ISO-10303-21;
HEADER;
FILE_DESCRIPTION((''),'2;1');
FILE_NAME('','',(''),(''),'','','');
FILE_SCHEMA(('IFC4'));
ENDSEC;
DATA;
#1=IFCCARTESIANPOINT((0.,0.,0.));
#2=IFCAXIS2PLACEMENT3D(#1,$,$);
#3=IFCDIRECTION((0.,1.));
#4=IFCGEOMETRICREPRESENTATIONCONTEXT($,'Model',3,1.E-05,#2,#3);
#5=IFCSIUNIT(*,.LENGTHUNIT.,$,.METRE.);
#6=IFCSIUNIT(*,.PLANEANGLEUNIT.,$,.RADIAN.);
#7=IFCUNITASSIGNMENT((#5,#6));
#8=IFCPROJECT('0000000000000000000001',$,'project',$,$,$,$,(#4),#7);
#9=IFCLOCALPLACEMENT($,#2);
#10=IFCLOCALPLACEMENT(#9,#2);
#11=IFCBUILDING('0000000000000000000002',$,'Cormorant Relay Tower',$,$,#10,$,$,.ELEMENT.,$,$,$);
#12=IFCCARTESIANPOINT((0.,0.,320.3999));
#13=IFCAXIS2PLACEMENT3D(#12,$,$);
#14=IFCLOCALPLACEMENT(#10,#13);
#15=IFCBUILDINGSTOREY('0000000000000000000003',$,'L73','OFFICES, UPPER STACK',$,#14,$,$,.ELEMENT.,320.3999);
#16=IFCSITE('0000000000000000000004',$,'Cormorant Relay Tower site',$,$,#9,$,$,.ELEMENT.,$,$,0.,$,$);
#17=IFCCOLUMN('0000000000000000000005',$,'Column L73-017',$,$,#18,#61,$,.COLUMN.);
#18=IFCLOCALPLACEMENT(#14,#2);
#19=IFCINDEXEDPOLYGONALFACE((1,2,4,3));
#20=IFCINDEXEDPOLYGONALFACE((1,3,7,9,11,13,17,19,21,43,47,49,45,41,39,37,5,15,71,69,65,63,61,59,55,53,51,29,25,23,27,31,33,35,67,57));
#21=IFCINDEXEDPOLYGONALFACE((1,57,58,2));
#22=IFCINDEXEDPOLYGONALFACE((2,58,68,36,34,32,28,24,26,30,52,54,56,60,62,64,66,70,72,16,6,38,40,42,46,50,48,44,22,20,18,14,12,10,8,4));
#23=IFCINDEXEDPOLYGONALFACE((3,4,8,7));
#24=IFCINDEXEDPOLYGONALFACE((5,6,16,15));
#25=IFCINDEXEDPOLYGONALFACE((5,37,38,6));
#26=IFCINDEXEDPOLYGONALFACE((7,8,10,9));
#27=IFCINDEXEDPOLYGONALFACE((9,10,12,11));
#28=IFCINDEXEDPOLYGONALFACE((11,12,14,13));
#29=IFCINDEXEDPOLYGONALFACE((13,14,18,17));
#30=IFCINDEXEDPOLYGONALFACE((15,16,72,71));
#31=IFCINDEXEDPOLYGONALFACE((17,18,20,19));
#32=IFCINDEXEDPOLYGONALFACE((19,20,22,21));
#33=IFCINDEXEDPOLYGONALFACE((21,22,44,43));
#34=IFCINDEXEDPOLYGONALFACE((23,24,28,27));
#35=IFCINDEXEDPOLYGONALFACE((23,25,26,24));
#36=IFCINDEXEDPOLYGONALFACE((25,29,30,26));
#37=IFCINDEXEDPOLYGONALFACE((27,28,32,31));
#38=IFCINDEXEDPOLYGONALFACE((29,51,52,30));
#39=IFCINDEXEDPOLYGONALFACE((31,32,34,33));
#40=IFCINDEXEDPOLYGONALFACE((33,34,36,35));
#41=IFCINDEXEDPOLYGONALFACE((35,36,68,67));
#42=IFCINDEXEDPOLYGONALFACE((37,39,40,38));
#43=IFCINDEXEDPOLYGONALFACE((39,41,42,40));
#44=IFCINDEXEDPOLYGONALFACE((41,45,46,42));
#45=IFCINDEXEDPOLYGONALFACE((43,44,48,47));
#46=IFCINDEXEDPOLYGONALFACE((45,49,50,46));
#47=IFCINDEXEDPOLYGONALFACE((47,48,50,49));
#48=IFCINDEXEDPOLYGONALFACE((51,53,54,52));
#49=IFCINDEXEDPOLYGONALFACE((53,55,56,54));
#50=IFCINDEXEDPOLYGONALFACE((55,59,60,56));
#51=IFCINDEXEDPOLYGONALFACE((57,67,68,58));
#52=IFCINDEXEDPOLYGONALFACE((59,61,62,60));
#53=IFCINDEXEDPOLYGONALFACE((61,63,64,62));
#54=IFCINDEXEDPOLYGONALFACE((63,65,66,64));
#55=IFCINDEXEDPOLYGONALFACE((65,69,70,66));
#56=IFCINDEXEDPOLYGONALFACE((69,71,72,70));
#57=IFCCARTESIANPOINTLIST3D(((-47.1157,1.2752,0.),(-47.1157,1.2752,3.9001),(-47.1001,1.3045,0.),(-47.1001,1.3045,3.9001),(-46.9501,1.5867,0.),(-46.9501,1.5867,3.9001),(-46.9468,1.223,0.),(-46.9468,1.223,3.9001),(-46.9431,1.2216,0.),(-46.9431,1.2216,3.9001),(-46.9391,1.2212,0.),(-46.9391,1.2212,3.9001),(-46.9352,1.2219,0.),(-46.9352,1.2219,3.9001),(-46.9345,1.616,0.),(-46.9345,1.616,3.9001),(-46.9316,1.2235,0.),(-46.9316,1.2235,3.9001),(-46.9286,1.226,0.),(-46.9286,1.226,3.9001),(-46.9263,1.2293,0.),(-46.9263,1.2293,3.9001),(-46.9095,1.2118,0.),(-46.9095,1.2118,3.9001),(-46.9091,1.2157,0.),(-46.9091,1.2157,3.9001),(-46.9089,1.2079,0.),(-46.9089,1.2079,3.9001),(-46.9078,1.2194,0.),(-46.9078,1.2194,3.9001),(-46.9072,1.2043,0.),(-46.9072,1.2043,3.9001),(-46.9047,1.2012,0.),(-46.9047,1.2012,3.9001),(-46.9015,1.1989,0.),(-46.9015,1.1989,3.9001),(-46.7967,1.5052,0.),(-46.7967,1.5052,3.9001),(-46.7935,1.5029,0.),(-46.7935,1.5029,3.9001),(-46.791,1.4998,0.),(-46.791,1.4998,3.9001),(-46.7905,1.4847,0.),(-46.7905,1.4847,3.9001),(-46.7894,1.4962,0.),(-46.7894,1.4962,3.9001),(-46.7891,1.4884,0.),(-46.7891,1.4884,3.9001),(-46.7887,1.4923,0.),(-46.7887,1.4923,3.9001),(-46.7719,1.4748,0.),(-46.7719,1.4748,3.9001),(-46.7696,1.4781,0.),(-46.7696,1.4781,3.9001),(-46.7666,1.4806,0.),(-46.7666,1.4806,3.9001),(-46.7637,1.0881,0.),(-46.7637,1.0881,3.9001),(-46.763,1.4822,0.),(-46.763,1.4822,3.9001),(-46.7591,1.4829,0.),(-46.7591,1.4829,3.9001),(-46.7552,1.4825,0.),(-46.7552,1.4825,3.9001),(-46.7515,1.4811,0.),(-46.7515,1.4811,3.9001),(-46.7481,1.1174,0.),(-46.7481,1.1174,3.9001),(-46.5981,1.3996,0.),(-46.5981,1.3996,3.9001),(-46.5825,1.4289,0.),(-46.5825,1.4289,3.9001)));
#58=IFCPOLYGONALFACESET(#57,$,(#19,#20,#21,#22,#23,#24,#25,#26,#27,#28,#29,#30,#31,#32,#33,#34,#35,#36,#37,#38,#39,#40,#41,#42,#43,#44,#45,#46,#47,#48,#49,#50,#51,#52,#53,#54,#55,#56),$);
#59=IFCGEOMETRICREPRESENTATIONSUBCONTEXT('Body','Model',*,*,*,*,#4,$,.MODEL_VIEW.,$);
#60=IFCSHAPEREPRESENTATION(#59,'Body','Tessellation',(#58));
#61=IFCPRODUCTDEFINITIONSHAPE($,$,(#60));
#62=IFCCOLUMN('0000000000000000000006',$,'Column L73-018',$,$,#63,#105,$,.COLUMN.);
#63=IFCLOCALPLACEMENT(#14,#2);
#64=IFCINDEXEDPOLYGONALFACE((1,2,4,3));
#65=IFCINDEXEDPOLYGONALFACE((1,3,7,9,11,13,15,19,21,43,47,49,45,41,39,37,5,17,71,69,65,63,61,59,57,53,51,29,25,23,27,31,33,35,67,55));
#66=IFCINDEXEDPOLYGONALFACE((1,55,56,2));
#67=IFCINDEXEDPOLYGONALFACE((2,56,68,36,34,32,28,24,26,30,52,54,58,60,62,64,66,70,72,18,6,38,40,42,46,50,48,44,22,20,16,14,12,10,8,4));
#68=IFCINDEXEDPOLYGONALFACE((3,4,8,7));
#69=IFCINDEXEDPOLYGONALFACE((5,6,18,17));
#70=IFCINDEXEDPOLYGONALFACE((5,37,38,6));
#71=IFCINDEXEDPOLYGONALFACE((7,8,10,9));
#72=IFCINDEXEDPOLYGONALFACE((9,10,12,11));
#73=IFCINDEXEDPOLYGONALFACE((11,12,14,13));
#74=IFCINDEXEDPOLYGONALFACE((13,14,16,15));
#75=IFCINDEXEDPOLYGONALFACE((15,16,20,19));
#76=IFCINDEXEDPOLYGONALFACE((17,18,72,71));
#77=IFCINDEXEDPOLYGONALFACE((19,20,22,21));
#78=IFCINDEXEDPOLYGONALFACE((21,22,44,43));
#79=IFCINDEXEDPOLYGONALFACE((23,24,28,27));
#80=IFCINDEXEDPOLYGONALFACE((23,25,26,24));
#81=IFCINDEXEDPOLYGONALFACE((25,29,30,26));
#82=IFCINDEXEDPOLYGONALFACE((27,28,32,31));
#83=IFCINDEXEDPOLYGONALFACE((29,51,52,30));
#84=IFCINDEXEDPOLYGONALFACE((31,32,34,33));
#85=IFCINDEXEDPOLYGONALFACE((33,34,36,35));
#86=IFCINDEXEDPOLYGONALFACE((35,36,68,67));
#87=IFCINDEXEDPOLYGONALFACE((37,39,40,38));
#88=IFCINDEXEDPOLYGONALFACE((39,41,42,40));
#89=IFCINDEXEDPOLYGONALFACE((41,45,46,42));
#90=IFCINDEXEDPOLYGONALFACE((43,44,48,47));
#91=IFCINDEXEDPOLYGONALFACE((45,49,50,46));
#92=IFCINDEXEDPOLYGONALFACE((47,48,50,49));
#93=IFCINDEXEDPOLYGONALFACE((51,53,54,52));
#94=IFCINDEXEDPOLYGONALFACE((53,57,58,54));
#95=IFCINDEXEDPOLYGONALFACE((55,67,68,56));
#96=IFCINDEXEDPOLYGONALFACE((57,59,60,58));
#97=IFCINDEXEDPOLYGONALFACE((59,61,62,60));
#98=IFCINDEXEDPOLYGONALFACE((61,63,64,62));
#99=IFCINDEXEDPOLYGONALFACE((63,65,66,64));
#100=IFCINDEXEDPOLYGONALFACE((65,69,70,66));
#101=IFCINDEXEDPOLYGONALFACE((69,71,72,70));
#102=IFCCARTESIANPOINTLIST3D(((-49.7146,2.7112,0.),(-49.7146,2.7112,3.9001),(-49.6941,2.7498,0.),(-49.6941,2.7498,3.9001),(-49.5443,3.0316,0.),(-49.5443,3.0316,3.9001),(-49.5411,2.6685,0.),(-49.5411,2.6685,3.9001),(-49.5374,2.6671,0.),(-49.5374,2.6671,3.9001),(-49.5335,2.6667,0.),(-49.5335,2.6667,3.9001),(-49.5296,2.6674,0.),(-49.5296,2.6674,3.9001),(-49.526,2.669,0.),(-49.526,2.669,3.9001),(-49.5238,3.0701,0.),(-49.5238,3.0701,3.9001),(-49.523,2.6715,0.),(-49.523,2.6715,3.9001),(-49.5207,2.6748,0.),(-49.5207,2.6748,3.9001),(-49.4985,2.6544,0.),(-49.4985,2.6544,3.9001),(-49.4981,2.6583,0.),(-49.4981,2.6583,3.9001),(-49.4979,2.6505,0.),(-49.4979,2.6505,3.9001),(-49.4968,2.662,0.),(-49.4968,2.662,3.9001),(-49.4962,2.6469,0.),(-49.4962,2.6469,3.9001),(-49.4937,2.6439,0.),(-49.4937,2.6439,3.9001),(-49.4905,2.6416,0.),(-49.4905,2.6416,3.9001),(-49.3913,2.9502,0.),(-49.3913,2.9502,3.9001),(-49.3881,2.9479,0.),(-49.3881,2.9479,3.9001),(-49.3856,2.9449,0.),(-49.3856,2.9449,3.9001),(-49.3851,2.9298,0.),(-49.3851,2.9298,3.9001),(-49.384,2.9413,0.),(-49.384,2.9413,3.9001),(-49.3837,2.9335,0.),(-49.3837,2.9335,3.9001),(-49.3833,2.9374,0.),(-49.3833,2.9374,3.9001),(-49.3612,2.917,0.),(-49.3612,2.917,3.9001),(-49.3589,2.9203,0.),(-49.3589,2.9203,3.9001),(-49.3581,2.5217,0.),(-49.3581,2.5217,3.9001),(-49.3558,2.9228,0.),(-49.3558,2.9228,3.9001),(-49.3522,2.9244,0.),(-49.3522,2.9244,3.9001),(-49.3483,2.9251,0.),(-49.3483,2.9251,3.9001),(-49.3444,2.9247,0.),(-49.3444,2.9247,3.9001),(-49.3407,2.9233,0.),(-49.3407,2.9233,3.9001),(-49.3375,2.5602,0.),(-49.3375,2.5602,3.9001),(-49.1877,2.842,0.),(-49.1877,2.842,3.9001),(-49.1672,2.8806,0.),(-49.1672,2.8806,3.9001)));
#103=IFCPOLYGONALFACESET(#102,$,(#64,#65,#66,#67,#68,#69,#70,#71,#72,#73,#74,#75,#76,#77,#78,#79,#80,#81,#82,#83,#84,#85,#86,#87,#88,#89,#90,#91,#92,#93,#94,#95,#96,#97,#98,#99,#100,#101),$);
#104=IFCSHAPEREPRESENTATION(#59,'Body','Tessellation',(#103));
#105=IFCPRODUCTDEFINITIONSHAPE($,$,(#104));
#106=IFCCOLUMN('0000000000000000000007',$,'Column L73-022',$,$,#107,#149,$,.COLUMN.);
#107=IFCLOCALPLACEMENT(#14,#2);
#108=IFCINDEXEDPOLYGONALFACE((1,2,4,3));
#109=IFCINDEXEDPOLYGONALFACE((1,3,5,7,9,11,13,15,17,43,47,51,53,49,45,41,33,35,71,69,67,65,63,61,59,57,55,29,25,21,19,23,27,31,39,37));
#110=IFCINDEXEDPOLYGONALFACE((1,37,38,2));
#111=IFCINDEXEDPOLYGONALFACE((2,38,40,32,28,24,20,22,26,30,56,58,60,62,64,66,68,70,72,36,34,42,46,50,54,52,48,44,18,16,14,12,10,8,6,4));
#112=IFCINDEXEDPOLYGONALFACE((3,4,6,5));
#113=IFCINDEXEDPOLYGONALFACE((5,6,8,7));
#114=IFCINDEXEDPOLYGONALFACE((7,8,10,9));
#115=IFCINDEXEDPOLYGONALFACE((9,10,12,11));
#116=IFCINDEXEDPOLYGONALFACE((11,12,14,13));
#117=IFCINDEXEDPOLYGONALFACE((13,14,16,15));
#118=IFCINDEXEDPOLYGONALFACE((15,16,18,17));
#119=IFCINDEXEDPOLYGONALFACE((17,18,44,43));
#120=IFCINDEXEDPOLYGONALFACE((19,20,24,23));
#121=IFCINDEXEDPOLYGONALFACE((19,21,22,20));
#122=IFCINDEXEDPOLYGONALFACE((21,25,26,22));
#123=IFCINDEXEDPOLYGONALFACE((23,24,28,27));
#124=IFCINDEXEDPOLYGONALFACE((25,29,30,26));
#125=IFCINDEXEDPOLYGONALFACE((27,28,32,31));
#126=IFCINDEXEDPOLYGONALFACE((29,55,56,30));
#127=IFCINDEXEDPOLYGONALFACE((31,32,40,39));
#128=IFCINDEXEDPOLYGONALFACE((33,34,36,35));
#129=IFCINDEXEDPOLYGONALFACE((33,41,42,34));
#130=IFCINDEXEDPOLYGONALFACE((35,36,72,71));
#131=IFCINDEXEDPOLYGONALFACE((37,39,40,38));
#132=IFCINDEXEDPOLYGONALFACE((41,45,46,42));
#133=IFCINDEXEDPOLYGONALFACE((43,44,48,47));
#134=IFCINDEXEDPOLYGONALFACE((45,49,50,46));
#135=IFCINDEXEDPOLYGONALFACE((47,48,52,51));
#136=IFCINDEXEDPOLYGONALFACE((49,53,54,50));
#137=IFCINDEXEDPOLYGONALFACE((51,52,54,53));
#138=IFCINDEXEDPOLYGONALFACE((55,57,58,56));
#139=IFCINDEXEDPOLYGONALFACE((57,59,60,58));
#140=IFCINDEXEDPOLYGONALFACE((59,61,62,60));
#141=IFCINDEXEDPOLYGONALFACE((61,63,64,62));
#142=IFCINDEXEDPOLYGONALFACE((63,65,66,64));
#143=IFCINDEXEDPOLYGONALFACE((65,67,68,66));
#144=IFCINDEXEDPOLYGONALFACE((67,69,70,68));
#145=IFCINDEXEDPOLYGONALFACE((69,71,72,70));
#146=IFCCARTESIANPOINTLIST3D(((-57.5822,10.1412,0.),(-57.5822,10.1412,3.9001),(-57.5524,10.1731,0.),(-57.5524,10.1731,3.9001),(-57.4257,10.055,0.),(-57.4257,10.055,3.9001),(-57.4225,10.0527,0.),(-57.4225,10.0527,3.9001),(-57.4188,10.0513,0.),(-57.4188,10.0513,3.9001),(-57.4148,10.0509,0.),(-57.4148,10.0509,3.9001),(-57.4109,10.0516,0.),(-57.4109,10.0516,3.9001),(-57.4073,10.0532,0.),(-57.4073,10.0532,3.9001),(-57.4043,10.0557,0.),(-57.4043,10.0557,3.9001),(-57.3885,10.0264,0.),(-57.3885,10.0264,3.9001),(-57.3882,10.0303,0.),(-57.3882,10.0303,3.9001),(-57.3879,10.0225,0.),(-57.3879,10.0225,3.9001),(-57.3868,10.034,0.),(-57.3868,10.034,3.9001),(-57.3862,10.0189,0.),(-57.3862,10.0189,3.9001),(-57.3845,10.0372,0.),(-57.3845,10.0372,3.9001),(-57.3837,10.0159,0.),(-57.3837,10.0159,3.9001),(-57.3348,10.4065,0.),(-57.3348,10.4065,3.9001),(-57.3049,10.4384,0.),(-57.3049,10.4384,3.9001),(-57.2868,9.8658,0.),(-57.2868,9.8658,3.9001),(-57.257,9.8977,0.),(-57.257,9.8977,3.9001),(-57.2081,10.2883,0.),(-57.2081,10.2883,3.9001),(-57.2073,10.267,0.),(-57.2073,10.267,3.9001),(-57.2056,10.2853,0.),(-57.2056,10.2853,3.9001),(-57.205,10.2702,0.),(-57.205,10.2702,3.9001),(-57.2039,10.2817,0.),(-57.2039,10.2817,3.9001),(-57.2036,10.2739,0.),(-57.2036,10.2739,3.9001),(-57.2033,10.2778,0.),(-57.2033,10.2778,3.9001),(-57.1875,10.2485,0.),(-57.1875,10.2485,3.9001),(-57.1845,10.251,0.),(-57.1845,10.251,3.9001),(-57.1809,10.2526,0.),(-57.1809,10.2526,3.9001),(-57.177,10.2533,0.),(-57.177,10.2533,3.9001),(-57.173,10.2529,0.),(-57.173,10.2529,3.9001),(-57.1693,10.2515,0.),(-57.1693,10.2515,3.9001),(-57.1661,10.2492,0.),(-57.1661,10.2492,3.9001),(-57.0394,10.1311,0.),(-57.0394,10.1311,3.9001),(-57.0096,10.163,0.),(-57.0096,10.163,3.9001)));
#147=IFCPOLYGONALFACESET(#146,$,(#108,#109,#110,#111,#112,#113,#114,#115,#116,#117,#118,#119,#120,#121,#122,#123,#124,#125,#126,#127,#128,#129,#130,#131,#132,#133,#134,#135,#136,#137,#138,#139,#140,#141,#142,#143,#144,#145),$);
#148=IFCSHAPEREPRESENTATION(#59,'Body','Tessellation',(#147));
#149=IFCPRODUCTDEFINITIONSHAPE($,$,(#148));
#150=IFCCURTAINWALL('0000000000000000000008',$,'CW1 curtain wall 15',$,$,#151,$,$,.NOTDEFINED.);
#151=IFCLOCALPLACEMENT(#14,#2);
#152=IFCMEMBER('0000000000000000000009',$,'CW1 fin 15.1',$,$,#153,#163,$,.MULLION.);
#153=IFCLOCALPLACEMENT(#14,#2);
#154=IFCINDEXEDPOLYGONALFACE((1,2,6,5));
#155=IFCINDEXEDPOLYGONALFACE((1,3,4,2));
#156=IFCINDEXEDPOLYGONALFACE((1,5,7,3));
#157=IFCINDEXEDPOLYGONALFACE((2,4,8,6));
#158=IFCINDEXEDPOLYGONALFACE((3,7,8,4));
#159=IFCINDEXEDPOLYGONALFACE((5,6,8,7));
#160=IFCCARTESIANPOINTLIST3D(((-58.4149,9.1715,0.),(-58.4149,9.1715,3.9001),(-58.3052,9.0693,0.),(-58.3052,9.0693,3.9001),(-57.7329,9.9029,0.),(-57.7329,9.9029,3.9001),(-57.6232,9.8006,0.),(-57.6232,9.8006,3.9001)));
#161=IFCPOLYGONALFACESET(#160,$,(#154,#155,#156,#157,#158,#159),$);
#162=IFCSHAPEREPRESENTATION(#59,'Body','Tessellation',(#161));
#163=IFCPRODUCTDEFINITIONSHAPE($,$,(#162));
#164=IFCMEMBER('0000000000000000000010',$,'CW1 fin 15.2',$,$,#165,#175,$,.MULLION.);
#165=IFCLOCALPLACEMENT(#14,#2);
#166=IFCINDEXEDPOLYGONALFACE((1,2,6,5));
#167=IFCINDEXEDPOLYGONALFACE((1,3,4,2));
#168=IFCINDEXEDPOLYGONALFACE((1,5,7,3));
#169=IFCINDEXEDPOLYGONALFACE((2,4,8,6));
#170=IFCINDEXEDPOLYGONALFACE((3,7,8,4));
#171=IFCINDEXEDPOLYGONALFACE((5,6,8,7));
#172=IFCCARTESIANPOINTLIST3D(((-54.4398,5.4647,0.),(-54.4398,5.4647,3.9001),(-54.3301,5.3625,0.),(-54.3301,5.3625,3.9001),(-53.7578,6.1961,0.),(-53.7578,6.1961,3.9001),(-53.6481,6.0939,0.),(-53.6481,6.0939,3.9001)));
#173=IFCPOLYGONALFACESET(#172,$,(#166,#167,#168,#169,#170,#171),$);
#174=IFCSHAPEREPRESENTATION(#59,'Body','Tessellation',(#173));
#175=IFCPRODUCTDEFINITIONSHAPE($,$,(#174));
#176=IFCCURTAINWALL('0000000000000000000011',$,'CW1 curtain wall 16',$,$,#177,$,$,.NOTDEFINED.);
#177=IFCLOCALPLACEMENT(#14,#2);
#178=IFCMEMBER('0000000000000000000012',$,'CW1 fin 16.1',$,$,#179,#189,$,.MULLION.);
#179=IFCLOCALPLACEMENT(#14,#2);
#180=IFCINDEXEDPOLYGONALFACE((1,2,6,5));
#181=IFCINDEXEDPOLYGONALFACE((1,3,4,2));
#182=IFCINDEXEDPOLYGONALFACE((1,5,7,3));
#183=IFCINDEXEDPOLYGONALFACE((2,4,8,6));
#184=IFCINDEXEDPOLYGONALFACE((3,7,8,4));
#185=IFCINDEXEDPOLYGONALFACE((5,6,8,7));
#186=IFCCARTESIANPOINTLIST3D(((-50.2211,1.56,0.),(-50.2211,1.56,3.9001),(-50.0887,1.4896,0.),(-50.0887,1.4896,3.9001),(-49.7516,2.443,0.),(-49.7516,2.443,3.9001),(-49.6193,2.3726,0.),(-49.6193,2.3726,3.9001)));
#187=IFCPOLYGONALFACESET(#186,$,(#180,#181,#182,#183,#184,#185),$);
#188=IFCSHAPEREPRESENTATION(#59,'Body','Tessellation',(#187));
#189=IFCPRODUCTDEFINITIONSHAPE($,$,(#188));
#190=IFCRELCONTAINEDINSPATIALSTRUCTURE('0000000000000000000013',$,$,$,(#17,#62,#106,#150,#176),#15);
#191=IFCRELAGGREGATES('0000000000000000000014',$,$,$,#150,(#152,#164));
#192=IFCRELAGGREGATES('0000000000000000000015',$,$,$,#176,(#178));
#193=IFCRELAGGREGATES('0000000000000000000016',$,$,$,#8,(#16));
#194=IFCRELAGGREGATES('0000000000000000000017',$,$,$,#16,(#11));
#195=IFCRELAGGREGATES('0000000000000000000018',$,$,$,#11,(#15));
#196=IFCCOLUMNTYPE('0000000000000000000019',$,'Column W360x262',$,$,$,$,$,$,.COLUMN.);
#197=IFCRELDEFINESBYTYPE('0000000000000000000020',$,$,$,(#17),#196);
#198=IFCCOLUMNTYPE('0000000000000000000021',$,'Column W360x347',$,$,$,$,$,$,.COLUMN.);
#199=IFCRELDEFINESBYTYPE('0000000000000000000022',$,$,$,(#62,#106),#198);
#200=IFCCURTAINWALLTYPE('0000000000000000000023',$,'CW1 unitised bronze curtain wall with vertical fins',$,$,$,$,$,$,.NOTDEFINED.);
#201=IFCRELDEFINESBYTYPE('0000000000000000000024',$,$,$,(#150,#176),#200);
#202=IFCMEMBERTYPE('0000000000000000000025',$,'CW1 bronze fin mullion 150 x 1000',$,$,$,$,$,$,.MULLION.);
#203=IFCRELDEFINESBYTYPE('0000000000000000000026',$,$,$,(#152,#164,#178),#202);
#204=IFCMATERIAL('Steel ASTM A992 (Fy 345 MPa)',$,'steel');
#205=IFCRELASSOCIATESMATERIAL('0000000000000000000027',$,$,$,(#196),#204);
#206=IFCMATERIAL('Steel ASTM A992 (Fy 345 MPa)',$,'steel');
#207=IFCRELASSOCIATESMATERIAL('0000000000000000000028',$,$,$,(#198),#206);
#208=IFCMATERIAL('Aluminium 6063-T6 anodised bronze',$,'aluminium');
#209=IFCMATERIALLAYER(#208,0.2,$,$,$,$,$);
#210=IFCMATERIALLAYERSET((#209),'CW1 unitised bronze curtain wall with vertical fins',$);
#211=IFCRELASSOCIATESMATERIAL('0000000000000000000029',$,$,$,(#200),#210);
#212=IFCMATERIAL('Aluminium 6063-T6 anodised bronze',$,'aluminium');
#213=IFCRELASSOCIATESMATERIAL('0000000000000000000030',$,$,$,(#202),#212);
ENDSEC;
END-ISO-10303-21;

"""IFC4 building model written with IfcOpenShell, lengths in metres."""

from ifc_helpers import new_model, si_unit, direction, frame, origin, origin_2d, place, context, subcontext, project, spatial, rectangle, i_section, extrude, material, layer, layer_set, material_profile, profile_set, type_object, element, aggregate, save


model = new_model("IFC4")

# Units and contexts
model_context = context("Model", 3, precision=1e-05, world=origin(), true_north=direction((0.0, 1.0)))
body_context = subcontext(model_context, "Body", "Model", "MODEL_VIEW")
ifc_project = project(units=[si_unit("LENGTHUNIT", "METRE"), si_unit("PLANEANGLEUNIT", "RADIAN")], contexts=[model_context])

# Site, building, storey
site_placement = place(None, origin())
site = spatial("IfcSite", under=ifc_project, at=site_placement, Name="Cormorant Relay Tower site", CompositionType="ELEMENT", RefElevation=0.0)
building_placement = place(site_placement, origin())
building = spatial("IfcBuilding", under=site, at=building_placement, Name="Cormorant Relay Tower", CompositionType="ELEMENT")
storey_placement = place(building_placement, frame((0.0, 0.0, 320.3999)))
storey = spatial("IfcBuildingStorey", under=building, at=storey_placement, Name="L73", Description="OFFICES, UPPER STACK", CompositionType="ELEMENT", Elevation=320.3999)

# Columns
ifc_material_1 = material(Name="Steel ASTM A992 (Fy 345 MPa)", Category="steel")
ifc_material_profile_1 = material_profile(ifc_material_1, i_section(OverallWidth=0.3987, OverallDepth=0.386, WebThickness=0.021, FlangeThickness=0.0332, FilletRadius=0.0151, at=origin_2d()), Name="W360x262")
ifc_profile_set_1 = profile_set([ifc_material_profile_1], Name="Steel ASTM A992 (Fy 345 MPa)")
column_type_1 = type_object("IfcColumnType", Name="Column W360x262", PredefinedType="COLUMN", material=ifc_profile_set_1)
column_placement = place(storey_placement, frame((-46.8491, 1.3521, 0.0), z_axis=(0.0, 0.0, 1.0), x_axis=(0.882948, -0.469472, 0.0)))
element("IfcColumn", 1, at=column_placement, inside=storey, type_object=column_type_1, Name="Column L73-017", PredefinedType="COLUMN", context=body_context, shape_type="SweptSolid", body=[
    extrude(i_section(OverallWidth=0.3987, OverallDepth=0.386, WebThickness=0.021, FlangeThickness=0.0332, FilletRadius=0.0151, at=origin_2d()), origin(), (0.0, 0.0, 1.0), 3.9001),
])
ifc_material_2 = material(Name="Steel ASTM A992 (Fy 345 MPa)", Category="steel")
ifc_material_profile_2 = material_profile(ifc_material_2, i_section(OverallWidth=0.4038, OverallDepth=0.4065, WebThickness=0.0271, FlangeThickness=0.0437, FilletRadius=0.0151, at=origin_2d()), Name="W360x347")
ifc_profile_set_2 = profile_set([ifc_material_profile_2], Name="Steel ASTM A992 (Fy 345 MPa)")
column_type_2 = type_object("IfcColumnType", Name="Column W360x347", PredefinedType="COLUMN", material=ifc_profile_set_2)
for number, where, z_axis, x_axis, name in (
    (2, (-49.4409, 2.7959, 0.0), (0.0, 0.0, 1.0), (0.882948, -0.469472, 0.0), "Column L73-018"),
    (3, (-57.2959, 10.1521, 0.0), (0.0, 0.0, 1.0), (0.731354, -0.681998, 0.0), "Column L73-022"),
):
    element("IfcColumn", number, at=place(storey_placement, frame(where, z_axis=z_axis, x_axis=x_axis)), inside=storey, type_object=column_type_2, Name=name, PredefinedType="COLUMN", context=body_context, shape_type="SweptSolid", body=[
        extrude(i_section(OverallWidth=0.4038, OverallDepth=0.4065, WebThickness=0.0271, FlangeThickness=0.0437, FilletRadius=0.0151, at=origin_2d()), origin(), (0.0, 0.0, 1.0), 3.9001),
    ])

# Curtain wall, members
ifc_material_3 = material(Name="Aluminium 6063-T6 anodised bronze", Category="aluminium")
ifc_layer_1 = layer(ifc_material_3, 0.2)
ifc_layer_set_1 = layer_set([ifc_layer_1], Name="CW1 unitised bronze curtain wall with vertical fins")
curtain_wall_type = type_object("IfcCurtainWallType", Name="CW1 unitised bronze curtain wall with vertical fins", PredefinedType="NOTDEFINED", material=ifc_layer_set_1)
curtain_wall_1_placement = place(storey_placement, origin())
curtain_wall_1 = element("IfcCurtainWall", 4, at=curtain_wall_1_placement, inside=storey, type_object=curtain_wall_type, Name="CW1 curtain wall 15", PredefinedType="NOTDEFINED")
ifc_material_4 = material(Name="Aluminium 6063-T6 anodised bronze", Category="aluminium")
ifc_material_profile_3 = material_profile(ifc_material_4, rectangle(XDim=0.1499, YDim=1.0, at=origin_2d()), Name="AL 150x1000")
ifc_profile_set_3 = profile_set([ifc_material_profile_3], Name="Aluminium 6063-T6 anodised bronze")
member_type_1 = type_object("IfcMemberType", Name="CW1 bronze fin mullion 150 x 1000", PredefinedType="MULLION", material=ifc_profile_set_3)
member_1_placement = place(storey_placement, frame((-58.019, 9.4861, 0.0), z_axis=(0.0, 0.0, 1.0), x_axis=(0.731354, -0.681998, 0.0)))
member_1 = element("IfcMember", 5, at=member_1_placement, type_object=member_type_1, Name="CW1 fin 15.1", PredefinedType="MULLION", context=body_context, shape_type="SweptSolid", body=[
    extrude(rectangle(XDim=0.1499, YDim=1.0, at=origin_2d()), origin(), (0.0, 0.0, 1.0), 3.9001),
])
member_2_placement = place(storey_placement, frame((-54.0439, 5.7793, 0.0), z_axis=(0.0, 0.0, 1.0), x_axis=(0.731354, -0.681998, 0.0)))
member_2 = element("IfcMember", 6, at=member_2_placement, type_object=member_type_1, Name="CW1 fin 15.2", PredefinedType="MULLION", context=body_context, shape_type="SweptSolid", body=[
    extrude(rectangle(XDim=0.1499, YDim=1.0, at=origin_2d()), origin(), (0.0, 0.0, 1.0), 3.9001),
])

# Curtain wall, member
curtain_wall_2_placement = place(storey_placement, origin())
curtain_wall_2 = element("IfcCurtainWall", 7, at=curtain_wall_2_placement, inside=storey, type_object=curtain_wall_type, Name="CW1 curtain wall 16", PredefinedType="NOTDEFINED")
member_3_placement = place(storey_placement, frame((-49.9202, 1.9663, 0.0), z_axis=(0.0, 0.0, 1.0), x_axis=(0.882948, -0.469472, 0.0)))
member_3 = element("IfcMember", 8, at=member_3_placement, type_object=member_type_1, Name="CW1 fin 16.1", PredefinedType="MULLION", context=body_context, shape_type="SweptSolid", body=[
    extrude(rectangle(XDim=0.1499, YDim=1.0, at=origin_2d()), origin(), (0.0, 0.0, 1.0), 3.9001),
])

aggregate(curtain_wall_1, [member_1, member_2])
aggregate(curtain_wall_2, [member_3])

save(model, "model.ifc")
